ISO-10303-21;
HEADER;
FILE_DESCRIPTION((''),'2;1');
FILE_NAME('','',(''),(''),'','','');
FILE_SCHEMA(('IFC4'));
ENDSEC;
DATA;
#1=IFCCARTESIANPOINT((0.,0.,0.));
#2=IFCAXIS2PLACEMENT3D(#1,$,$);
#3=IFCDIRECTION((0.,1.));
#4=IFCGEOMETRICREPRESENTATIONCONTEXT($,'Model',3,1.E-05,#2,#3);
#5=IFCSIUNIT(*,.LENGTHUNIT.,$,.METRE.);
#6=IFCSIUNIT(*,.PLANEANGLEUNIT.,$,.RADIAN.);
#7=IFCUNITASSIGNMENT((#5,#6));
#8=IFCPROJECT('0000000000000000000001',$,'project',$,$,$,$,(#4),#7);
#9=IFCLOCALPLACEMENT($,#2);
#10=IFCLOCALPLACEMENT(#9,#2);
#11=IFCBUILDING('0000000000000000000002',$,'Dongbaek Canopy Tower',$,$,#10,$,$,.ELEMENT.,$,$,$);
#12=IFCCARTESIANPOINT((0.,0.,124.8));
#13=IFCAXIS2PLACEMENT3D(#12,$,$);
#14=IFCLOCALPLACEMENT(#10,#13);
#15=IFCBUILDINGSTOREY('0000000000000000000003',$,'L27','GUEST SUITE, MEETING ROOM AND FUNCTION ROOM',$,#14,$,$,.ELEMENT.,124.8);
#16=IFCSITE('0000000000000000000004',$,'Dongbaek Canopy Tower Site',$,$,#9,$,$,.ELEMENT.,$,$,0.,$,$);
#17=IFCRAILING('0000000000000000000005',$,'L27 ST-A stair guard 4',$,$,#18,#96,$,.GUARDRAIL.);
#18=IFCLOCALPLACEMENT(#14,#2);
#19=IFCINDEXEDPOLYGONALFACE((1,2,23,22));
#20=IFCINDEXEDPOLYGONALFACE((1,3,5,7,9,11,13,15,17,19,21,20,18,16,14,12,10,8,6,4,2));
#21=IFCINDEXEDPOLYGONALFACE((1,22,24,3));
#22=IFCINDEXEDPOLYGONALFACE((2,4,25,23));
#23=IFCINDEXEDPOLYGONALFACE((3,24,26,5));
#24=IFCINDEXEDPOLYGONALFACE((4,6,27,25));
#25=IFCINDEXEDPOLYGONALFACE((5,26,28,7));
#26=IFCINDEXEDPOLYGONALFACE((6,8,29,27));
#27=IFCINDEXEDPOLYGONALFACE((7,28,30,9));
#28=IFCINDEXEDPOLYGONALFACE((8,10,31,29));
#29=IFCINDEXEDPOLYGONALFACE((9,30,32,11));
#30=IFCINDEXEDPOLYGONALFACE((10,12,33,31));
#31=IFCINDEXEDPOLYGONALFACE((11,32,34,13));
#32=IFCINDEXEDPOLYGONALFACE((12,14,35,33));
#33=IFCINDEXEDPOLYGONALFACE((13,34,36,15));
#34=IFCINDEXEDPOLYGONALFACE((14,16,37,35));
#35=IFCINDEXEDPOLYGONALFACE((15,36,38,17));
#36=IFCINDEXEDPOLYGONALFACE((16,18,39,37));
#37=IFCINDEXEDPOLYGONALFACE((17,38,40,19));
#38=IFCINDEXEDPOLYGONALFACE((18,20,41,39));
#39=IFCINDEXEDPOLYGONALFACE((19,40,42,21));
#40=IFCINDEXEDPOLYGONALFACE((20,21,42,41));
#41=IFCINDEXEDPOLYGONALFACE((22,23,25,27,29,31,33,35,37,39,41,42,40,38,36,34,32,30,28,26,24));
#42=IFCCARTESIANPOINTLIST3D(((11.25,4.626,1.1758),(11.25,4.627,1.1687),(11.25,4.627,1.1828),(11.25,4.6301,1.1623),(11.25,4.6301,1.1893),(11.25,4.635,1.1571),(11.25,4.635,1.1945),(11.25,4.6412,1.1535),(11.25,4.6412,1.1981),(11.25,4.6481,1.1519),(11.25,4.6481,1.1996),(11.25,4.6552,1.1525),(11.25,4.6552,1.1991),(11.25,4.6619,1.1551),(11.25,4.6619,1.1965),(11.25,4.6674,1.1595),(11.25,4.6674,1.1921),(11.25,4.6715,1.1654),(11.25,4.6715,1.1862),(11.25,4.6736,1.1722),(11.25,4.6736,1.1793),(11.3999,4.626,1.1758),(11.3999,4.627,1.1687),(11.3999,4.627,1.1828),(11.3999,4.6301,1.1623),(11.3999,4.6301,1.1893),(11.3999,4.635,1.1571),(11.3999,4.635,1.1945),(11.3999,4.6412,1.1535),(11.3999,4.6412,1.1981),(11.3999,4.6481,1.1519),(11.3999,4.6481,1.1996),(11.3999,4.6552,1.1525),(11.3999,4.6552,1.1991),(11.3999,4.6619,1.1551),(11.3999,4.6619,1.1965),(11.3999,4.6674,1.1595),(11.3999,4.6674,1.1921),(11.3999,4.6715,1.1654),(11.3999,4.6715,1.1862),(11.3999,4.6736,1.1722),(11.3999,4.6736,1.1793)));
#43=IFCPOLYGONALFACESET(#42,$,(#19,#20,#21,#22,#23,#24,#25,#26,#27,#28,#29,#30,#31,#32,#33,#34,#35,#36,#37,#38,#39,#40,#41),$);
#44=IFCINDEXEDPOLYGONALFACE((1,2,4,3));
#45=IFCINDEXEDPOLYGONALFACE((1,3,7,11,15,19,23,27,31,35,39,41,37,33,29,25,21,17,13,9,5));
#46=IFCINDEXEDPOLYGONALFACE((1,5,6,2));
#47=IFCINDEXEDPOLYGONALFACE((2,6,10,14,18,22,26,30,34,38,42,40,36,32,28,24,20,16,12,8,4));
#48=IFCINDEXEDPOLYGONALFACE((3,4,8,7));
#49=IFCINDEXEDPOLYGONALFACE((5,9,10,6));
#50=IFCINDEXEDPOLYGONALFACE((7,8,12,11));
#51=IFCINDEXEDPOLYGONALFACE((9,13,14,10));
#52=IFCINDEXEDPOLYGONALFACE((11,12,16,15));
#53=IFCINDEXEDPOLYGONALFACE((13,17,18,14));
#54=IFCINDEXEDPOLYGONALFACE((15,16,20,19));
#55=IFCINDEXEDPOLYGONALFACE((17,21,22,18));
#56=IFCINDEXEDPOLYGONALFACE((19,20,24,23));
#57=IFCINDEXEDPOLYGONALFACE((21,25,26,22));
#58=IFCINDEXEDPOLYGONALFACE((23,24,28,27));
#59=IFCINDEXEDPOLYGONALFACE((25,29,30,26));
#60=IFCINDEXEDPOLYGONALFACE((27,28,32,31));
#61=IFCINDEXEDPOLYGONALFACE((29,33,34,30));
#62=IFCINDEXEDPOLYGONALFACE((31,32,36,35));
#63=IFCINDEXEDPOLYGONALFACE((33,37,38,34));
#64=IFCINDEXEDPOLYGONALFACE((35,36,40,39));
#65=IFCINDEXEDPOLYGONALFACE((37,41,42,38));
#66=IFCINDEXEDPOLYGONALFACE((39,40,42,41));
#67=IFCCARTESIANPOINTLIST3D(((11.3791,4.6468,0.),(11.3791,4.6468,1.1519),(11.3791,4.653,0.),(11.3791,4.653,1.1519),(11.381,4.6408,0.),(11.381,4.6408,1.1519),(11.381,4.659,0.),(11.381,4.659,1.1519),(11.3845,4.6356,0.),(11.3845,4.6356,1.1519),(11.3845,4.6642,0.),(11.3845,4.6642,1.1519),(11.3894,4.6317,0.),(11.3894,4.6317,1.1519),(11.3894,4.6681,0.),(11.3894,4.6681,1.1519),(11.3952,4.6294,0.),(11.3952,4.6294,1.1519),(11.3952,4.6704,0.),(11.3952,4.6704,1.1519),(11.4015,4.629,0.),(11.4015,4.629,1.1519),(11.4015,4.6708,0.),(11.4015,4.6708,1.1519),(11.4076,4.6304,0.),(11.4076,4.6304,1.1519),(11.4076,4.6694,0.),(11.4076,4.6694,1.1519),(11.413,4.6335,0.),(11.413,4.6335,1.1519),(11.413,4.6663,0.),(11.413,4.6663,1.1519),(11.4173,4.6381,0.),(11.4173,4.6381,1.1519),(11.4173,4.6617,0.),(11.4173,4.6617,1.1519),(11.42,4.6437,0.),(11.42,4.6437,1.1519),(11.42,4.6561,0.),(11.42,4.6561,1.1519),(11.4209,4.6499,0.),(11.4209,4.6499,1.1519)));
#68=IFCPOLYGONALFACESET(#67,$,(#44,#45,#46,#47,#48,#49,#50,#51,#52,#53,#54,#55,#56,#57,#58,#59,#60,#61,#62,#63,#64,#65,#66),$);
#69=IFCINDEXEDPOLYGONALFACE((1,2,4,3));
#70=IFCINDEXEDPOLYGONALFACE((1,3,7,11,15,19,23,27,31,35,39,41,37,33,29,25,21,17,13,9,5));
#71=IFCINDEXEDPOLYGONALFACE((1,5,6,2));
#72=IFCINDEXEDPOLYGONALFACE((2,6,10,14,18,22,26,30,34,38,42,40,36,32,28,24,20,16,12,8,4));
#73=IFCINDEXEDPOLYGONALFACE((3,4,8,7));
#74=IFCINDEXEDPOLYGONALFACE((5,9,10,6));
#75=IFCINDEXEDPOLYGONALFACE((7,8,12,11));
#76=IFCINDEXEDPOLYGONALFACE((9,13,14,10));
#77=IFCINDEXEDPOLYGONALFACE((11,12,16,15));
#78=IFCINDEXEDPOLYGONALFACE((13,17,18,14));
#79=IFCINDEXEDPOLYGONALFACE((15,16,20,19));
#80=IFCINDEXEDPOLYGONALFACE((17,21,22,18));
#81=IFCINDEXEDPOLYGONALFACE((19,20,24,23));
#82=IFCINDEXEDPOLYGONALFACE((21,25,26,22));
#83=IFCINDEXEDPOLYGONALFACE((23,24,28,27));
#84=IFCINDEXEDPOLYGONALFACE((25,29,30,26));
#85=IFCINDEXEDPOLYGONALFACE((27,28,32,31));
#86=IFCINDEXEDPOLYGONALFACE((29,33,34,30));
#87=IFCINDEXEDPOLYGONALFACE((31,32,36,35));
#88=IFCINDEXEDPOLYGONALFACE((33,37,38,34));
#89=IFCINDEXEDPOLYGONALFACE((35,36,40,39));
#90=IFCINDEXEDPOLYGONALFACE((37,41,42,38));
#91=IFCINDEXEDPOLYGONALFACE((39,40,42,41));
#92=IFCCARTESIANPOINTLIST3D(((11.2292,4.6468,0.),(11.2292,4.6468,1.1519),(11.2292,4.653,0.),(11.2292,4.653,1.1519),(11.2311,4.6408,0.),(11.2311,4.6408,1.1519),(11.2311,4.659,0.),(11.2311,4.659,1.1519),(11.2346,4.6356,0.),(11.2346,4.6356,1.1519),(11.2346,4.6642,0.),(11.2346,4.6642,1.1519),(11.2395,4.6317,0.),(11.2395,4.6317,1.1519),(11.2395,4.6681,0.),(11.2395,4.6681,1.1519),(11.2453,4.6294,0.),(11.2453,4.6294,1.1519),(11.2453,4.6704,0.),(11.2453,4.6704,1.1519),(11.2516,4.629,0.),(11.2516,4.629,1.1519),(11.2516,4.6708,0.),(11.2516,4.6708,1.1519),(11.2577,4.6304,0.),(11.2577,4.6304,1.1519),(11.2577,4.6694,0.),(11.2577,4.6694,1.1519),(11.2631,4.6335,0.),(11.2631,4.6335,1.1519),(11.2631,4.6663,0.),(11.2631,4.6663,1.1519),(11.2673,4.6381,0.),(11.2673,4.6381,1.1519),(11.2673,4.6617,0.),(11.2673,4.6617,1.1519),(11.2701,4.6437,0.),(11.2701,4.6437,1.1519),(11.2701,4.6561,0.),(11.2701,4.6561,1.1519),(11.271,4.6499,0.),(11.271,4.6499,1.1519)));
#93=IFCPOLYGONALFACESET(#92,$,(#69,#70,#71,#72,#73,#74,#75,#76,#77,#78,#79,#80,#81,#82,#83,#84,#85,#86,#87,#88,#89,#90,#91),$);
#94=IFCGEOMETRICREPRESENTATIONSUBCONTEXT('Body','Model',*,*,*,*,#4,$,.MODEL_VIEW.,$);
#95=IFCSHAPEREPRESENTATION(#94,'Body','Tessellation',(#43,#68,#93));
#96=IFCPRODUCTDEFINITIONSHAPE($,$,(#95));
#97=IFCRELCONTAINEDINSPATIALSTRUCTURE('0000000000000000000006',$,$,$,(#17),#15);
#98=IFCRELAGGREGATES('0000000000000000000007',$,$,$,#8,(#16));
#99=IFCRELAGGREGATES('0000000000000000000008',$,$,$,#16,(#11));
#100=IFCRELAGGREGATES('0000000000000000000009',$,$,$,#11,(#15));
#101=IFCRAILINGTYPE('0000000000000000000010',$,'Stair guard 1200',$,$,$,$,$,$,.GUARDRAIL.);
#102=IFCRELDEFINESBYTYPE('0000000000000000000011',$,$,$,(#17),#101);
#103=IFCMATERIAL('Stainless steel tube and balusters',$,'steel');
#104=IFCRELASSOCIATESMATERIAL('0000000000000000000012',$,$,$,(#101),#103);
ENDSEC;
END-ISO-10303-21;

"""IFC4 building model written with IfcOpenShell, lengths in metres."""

from ifc_helpers import new_model, si_unit, direction, frame, origin, origin_2d, place, context, subcontext, project, spatial, circle, extrude, material, type_object, element, save


model = new_model("IFC4")

# Units and contexts
model_context = context("Model", 3, precision=1e-05, world=origin(), true_north=direction((0.0, 1.0)))
body_context = subcontext(model_context, "Body", "Model", "MODEL_VIEW")
ifc_project = project(units=[si_unit("LENGTHUNIT", "METRE"), si_unit("PLANEANGLEUNIT", "RADIAN")], contexts=[model_context])

# Site, building, storey
site_placement = place(None, origin())
site = spatial("IfcSite", under=ifc_project, at=site_placement, Name="Dongbaek Canopy Tower Site", CompositionType="ELEMENT", RefElevation=0.0)
building_placement = place(site_placement, origin())
building = spatial("IfcBuilding", under=site, at=building_placement, Name="Dongbaek Canopy Tower", CompositionType="ELEMENT")
storey_placement = place(building_placement, frame((0.0, 0.0, 124.8)))
storey = spatial("IfcBuildingStorey", under=building, at=storey_placement, Name="L27", Description="GUEST SUITE, MEETING ROOM AND FUNCTION ROOM", CompositionType="ELEMENT", Elevation=124.8)

# Railing
ifc_material_1 = material(Name="Stainless steel tube and balusters", Category="steel")
railing_type = type_object("IfcRailingType", Name="Stair guard 1200", PredefinedType="GUARDRAIL", material=ifc_material_1)
railing_1_placement = place(storey_placement, frame((11.3999, 4.6499, 0.0)))
element("IfcRailing", 1, at=railing_1_placement, inside=storey, type_object=railing_type, Name="L27 ST-A stair guard 4", PredefinedType="GUARDRAIL", context=body_context, shape_type="SweptSolid", body=[
    extrude(circle(Radius=0.0239, at=origin_2d()), frame((0.0, 0.0, 1.1758), z_axis=(-1.0, 0.0, 0.0), x_axis=(0.0, -1.0, 0.0)), (0.0, 0.0, 1.0), 0.1499),
    extrude(circle(Radius=0.021, at=origin_2d()), origin(), (0.0, 0.0, 1.0), 1.1519),
    extrude(circle(Radius=0.021, at=origin_2d()), frame((-0.1499, 0.0, 0.0)), (0.0, 0.0, 1.0), 1.1519),
])

save(model, "model.ifc")
